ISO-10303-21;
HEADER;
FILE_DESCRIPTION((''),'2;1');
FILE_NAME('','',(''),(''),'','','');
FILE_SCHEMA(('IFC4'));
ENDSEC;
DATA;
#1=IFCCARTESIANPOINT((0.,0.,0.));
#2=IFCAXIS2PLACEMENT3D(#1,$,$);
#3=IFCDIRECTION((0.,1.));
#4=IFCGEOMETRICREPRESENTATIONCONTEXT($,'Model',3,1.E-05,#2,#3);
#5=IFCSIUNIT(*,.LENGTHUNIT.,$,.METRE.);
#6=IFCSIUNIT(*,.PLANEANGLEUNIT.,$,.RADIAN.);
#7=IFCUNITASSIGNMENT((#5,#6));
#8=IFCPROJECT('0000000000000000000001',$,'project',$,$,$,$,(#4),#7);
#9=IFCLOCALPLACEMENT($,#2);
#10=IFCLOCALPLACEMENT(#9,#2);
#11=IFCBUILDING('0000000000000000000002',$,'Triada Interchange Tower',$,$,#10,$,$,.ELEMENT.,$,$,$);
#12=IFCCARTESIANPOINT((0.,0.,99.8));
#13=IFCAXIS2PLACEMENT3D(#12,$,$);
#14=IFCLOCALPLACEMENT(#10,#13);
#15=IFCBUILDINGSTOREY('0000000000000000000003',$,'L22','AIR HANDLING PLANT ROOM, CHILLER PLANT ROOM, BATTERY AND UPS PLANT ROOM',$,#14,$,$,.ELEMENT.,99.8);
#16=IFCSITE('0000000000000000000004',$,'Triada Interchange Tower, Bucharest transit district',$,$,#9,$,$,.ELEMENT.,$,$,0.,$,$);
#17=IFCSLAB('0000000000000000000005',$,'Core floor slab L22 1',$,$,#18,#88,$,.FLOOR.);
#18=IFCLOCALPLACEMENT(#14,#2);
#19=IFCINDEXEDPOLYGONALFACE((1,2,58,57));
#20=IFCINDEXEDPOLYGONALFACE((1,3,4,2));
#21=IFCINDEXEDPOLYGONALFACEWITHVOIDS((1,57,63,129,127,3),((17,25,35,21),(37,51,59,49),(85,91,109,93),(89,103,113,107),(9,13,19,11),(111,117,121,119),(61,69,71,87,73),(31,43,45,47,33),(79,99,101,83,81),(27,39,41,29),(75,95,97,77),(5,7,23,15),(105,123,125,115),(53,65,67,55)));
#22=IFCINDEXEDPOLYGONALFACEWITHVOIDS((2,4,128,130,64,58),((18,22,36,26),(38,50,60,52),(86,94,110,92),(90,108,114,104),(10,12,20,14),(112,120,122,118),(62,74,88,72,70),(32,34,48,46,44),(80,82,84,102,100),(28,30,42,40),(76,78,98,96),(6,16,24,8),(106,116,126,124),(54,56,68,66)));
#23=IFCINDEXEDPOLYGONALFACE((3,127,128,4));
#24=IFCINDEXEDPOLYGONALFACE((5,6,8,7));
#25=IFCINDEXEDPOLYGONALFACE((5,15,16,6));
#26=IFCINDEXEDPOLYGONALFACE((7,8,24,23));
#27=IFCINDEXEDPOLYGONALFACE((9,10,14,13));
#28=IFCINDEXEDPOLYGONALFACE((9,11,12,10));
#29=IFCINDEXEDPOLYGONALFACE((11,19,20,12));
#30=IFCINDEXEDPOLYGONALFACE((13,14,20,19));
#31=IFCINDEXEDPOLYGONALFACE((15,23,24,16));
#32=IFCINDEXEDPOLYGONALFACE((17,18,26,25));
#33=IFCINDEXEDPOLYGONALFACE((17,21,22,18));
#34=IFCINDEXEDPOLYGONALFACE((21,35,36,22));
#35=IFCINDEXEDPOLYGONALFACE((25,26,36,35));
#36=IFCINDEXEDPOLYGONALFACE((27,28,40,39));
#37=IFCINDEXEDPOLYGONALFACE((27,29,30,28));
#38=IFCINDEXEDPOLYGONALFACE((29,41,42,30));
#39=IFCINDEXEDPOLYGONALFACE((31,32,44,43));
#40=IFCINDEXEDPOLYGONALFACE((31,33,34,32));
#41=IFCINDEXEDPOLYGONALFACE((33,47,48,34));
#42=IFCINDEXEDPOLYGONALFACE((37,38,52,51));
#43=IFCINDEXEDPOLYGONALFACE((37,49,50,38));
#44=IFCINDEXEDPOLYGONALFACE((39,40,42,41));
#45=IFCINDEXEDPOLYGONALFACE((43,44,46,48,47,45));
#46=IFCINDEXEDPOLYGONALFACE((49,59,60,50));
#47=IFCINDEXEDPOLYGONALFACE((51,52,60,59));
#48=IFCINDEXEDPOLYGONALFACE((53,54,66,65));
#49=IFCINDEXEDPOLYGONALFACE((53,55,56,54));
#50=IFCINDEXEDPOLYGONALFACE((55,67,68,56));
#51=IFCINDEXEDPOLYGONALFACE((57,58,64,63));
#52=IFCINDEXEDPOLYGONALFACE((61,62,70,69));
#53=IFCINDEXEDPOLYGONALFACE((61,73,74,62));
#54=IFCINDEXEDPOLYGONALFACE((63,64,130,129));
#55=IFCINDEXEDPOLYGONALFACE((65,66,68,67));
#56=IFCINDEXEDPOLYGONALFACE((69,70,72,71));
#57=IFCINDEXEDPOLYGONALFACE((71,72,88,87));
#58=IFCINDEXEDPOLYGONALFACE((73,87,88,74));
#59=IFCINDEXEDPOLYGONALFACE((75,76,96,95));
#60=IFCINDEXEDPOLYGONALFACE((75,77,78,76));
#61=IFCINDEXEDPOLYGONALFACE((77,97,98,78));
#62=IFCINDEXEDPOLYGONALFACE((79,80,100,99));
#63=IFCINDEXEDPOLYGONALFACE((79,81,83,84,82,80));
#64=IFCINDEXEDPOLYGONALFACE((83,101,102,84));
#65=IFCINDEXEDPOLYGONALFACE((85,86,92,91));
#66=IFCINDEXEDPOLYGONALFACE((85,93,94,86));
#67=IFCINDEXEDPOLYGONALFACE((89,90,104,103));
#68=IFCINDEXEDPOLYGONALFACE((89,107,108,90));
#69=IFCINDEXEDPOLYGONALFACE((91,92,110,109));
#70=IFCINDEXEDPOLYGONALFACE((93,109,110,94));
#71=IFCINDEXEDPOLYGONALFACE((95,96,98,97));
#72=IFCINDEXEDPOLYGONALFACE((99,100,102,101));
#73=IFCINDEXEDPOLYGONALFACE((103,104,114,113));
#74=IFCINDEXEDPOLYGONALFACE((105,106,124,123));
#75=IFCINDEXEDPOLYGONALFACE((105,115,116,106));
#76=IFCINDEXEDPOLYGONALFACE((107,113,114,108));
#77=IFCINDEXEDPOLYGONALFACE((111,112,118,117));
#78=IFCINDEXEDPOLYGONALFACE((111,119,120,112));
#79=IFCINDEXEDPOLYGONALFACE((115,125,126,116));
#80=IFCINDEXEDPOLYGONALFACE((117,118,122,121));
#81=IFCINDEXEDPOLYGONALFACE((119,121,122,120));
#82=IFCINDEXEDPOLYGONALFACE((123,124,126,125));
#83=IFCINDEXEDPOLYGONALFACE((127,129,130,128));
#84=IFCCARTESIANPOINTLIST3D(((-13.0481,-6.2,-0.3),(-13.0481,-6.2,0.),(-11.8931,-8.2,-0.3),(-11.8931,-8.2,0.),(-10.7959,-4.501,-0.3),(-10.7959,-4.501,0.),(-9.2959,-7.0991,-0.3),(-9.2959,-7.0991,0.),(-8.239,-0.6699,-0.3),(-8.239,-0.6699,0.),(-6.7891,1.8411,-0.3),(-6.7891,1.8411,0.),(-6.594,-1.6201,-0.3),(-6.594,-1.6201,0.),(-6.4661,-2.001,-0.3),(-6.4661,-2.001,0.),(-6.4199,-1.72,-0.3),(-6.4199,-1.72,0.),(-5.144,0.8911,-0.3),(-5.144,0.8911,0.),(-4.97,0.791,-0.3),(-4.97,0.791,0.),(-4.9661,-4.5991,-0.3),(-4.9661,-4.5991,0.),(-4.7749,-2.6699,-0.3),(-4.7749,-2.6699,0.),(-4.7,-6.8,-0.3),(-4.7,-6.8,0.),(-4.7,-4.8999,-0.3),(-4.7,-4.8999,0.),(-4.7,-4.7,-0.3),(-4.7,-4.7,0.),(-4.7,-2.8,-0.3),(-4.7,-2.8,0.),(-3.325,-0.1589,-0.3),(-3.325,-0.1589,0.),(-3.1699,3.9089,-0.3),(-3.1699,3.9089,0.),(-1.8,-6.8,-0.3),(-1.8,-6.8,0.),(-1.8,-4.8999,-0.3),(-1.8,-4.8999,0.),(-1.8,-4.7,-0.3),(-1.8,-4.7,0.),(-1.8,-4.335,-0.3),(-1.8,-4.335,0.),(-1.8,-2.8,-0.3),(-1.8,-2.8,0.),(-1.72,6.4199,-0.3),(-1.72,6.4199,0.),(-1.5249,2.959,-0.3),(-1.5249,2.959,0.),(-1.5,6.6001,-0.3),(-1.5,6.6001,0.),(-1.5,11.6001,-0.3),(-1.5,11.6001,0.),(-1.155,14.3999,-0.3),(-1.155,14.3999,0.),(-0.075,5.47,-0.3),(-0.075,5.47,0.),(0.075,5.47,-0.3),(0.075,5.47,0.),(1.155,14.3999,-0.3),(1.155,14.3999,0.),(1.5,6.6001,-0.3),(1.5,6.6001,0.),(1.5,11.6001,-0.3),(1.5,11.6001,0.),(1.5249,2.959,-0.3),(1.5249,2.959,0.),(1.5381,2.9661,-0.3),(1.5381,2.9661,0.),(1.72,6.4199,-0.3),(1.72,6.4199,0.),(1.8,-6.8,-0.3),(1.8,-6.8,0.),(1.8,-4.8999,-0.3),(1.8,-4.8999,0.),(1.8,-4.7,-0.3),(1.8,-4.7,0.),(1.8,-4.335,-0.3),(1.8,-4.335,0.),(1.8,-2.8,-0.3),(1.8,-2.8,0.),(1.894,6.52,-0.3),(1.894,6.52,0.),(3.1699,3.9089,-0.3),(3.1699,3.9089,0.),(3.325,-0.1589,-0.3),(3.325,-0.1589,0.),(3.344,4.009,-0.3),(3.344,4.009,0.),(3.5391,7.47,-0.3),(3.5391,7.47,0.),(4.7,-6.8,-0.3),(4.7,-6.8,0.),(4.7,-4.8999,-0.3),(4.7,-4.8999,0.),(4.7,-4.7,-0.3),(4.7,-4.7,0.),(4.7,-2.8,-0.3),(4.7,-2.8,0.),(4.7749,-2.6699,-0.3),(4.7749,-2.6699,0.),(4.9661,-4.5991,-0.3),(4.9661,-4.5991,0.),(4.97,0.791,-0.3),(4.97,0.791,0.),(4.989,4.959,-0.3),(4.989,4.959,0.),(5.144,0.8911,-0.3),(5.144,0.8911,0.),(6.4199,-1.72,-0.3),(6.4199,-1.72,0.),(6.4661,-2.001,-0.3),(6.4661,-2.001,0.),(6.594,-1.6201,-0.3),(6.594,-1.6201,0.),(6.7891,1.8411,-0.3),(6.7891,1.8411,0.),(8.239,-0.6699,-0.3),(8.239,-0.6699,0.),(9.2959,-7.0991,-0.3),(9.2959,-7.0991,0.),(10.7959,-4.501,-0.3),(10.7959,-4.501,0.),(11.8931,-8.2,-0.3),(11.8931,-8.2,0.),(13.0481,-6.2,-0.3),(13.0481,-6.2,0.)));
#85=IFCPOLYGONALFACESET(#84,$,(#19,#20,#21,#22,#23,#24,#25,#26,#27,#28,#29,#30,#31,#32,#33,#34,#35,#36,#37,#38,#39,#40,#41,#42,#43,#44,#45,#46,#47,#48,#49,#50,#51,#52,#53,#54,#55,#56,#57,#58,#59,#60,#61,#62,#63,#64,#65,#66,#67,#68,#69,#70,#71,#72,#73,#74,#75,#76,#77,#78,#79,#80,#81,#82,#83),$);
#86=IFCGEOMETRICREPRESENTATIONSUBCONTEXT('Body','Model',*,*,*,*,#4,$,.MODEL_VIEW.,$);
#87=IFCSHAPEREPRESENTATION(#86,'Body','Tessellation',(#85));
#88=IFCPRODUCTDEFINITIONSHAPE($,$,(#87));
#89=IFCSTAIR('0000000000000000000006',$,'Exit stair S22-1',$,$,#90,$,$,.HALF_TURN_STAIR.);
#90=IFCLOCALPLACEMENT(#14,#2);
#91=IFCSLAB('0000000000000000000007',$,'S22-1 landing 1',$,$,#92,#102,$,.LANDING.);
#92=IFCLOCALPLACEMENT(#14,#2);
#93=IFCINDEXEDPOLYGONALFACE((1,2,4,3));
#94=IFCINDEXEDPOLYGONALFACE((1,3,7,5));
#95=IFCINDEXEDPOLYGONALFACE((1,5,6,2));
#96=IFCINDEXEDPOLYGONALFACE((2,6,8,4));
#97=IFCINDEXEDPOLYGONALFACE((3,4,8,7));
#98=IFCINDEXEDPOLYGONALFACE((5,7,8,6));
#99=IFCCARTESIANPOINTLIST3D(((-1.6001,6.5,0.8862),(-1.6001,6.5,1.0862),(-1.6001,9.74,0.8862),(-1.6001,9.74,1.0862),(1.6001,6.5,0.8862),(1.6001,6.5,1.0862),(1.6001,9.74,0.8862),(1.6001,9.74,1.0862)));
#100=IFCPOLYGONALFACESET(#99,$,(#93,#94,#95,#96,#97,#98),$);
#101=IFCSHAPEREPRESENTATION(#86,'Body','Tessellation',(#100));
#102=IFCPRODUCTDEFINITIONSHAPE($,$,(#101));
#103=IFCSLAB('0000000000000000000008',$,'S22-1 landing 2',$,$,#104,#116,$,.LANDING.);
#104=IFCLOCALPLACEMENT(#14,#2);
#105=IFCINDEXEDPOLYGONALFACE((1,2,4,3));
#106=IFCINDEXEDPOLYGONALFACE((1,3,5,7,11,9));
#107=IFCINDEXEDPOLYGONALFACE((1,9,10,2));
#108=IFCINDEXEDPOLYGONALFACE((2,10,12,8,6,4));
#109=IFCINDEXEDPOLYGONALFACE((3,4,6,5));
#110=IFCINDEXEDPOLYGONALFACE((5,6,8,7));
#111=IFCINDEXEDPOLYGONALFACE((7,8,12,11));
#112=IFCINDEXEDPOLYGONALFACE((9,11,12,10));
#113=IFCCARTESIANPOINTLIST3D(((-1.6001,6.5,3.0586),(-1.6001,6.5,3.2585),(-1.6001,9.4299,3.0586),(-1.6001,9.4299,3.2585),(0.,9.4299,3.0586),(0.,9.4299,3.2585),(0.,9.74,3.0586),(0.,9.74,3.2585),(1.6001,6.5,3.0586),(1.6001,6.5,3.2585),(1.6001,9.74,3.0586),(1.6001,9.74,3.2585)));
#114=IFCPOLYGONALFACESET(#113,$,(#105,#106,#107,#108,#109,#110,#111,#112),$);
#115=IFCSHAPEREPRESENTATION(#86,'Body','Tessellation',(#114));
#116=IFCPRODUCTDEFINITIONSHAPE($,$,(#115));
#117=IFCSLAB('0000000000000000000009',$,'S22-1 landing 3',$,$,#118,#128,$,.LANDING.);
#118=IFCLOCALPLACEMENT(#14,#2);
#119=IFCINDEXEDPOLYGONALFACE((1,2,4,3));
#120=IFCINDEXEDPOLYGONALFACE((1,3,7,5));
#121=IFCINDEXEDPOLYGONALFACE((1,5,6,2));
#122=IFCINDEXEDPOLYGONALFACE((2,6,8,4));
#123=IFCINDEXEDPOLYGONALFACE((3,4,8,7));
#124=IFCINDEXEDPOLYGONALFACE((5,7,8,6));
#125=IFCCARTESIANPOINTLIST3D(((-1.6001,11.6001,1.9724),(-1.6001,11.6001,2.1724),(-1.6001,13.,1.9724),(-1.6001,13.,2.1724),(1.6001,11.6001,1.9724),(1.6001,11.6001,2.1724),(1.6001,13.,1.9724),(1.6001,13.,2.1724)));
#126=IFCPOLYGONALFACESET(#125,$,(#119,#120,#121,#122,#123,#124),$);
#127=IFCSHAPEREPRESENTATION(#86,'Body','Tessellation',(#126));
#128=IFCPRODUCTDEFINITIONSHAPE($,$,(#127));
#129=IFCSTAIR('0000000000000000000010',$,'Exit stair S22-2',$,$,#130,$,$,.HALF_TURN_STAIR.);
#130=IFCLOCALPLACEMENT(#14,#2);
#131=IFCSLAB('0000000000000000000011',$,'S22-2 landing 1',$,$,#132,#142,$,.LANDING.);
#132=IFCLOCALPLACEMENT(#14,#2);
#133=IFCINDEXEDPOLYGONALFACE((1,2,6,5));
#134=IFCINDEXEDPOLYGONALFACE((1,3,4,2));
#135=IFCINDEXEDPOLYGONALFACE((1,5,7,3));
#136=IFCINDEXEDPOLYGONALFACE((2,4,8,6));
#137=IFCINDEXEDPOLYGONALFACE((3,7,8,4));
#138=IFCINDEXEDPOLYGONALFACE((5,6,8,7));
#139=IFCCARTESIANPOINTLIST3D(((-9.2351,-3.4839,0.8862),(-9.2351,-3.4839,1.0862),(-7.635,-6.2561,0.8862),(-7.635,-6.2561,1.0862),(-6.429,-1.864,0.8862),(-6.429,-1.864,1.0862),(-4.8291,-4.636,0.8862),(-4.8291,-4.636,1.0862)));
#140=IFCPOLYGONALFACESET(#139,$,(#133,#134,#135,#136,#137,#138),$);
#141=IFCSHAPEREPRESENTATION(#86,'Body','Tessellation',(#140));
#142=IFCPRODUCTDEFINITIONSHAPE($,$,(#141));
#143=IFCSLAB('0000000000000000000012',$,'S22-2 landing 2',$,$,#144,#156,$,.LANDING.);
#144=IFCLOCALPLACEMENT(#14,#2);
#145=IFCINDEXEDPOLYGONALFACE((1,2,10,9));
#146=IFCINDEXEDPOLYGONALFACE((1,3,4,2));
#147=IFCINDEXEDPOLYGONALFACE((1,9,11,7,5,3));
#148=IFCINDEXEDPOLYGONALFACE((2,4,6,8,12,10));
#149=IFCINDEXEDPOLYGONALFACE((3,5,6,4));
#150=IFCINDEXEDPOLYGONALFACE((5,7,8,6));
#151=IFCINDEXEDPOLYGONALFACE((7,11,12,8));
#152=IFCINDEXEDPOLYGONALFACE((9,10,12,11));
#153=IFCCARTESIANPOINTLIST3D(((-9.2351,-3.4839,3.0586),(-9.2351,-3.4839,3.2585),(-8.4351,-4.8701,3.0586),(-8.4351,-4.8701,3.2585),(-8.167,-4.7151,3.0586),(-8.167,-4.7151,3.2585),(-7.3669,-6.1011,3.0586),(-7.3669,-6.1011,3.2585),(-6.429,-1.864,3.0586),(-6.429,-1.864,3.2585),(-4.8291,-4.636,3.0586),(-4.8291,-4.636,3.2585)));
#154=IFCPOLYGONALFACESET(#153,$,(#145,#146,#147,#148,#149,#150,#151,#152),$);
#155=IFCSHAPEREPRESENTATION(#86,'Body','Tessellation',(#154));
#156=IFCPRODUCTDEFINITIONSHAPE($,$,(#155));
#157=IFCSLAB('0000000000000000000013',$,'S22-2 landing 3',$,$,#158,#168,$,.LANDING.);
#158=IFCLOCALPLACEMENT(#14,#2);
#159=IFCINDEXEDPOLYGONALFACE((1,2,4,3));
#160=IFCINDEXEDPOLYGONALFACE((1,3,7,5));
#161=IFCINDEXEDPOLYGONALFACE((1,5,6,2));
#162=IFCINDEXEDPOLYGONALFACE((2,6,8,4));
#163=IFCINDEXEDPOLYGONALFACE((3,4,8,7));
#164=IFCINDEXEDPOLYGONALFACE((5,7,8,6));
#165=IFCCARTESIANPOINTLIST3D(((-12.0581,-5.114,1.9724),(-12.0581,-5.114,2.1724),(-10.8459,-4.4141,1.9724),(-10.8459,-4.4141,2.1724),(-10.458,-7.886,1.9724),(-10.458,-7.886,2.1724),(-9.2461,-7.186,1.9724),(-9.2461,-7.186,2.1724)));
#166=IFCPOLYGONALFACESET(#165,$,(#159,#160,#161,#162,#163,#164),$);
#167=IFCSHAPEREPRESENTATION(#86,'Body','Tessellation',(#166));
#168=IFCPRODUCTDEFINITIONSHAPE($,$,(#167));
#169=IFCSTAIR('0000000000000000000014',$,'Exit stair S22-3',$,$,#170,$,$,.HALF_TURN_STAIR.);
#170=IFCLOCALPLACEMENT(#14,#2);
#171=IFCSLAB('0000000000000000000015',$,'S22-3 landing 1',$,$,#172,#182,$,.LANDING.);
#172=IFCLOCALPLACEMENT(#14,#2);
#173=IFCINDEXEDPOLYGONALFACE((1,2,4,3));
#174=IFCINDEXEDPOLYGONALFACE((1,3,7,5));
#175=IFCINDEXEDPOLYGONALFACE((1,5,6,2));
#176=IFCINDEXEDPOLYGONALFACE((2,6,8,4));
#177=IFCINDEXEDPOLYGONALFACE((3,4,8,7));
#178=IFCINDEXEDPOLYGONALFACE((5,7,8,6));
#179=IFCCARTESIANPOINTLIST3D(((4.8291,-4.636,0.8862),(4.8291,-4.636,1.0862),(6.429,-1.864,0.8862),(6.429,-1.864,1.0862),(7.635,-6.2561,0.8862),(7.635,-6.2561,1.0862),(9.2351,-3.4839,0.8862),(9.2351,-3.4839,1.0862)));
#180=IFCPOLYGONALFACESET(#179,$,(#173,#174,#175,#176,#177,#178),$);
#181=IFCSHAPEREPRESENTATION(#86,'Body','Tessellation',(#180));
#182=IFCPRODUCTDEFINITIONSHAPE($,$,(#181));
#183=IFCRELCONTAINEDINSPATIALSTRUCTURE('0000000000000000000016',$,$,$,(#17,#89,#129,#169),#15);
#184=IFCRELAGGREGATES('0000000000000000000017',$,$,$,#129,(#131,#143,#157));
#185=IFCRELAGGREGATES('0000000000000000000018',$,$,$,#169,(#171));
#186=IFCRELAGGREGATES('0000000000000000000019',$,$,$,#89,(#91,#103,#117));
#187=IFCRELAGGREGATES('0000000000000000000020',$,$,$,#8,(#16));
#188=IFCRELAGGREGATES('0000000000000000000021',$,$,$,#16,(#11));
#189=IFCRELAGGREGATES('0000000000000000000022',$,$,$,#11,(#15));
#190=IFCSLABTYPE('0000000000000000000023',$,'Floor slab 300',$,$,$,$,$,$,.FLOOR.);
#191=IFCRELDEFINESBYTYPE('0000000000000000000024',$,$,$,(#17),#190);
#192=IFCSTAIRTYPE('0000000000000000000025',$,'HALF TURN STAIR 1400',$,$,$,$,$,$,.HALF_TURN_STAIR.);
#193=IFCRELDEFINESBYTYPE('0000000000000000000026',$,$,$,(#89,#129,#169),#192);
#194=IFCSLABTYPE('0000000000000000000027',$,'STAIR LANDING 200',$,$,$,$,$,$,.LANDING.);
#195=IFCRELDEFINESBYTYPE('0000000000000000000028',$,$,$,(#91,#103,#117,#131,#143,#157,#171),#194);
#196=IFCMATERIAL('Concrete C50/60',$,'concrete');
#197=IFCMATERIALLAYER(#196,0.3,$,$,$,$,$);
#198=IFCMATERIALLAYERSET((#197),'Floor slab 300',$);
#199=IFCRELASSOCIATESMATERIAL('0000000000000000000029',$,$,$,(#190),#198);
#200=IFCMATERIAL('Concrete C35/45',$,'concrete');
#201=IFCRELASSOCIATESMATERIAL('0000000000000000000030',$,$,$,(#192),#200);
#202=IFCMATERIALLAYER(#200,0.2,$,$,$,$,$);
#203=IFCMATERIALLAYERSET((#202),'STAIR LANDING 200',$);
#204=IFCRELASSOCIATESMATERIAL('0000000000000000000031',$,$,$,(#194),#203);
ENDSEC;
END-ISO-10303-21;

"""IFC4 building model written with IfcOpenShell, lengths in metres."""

from ifc_helpers import new_model, si_unit, direction, frame, origin, place, context, subcontext, project, spatial, polyline, outline, extrude, material, layer, layer_set, type_object, element, aggregate, save


model = new_model("IFC4")

# Units and contexts
model_context = context("Model", 3, precision=1e-05, world=origin(), true_north=direction((0.0, 1.0)))
body_context = subcontext(model_context, "Body", "Model", "MODEL_VIEW")
ifc_project = project(units=[si_unit("LENGTHUNIT", "METRE"), si_unit("PLANEANGLEUNIT", "RADIAN")], contexts=[model_context])

# Site, building, storey
site_placement = place(None, origin())
site = spatial("IfcSite", under=ifc_project, at=site_placement, Name="Triada Interchange Tower, Bucharest transit district", CompositionType="ELEMENT", RefElevation=0.0)
building_placement = place(site_placement, origin())
building = spatial("IfcBuilding", under=site, at=building_placement, Name="Triada Interchange Tower", CompositionType="ELEMENT")
storey_placement = place(building_placement, frame((0.0, 0.0, 99.8)))
storey = spatial("IfcBuildingStorey", under=building, at=storey_placement, Name="L22", Description="AIR HANDLING PLANT ROOM, CHILLER PLANT ROOM, BATTERY AND UPS PLANT ROOM", CompositionType="ELEMENT", Elevation=99.8)

# Slab
ifc_material_1 = material(Name="Concrete C50/60", Category="concrete")
ifc_layer_1 = layer(ifc_material_1, 0.3)
ifc_layer_set_1 = layer_set([ifc_layer_1], Name="Floor slab 300")
slab_type_1 = type_object("IfcSlabType", Name="Floor slab 300", PredefinedType="FLOOR", material=ifc_layer_set_1)
slab_1_placement = place(storey_placement, frame((0.0, 0.0, -0.3)))
element("IfcSlab", 1, at=slab_1_placement, inside=storey, type_object=slab_type_1, Name="Core floor slab L22 1", PredefinedType="FLOOR", context=body_context, shape_type="SweptSolid", body=[
    extrude(outline(polyline([(13.0481, -6.2), (11.8931, -8.2), (-11.8931, -8.2), (-13.0481, -6.2), (-1.155, 14.3999), (1.155, 14.3999), (13.0481, -6.2)]), holes=[polyline([(9.2959, -7.0991), (10.7959, -4.501), (6.4661, -2.001), (4.9661, -4.5991), (9.2959, -7.0991)]), polyline([(6.7891, 1.8411), (5.144, 0.8911), (6.594, -1.6201), (8.239, -0.6699), (6.7891, 1.8411)]), polyline([(4.97, 0.791), (3.325, -0.1589), (4.7749, -2.6699), (6.4199, -1.72), (4.97, 0.791)]), polyline([(1.894, 6.52), (3.344, 4.009), (4.989, 4.959), (3.5391, 7.47), (1.894, 6.52)]), polyline([(1.8, -4.8999), (1.8, -6.8), (4.7, -6.8), (4.7, -4.8999), (1.8, -4.8999)]), polyline([(1.8, -2.8), (1.8, -4.335), (1.8, -4.7), (4.7, -4.7), (4.7, -2.8), (1.8, -2.8)]), polyline([(1.5249, 2.959), (1.5381, 2.9661), (3.1699, 3.9089), (1.72, 6.4199), (0.075, 5.47), (1.5249, 2.959)]), polyline([(1.5, 11.6001), (-1.5, 11.6001), (-1.5, 6.6001), (1.5, 6.6001), (1.5, 11.6001)]), polyline([(-0.075, 5.47), (-1.72, 6.4199), (-3.1699, 3.9089), (-1.5249, 2.959), (-0.075, 5.47)]), polyline([(-4.7, -2.8), (-4.7, -4.7), (-1.8, -4.7), (-1.8, -4.335), (-1.8, -2.8), (-4.7, -2.8)]), polyline([(-4.7, -4.8999), (-4.7, -6.8), (-1.8, -6.8), (-1.8, -4.8999), (-4.7, -4.8999)]), polyline([(-4.7749, -2.6699), (-3.325, -0.1589), (-4.97, 0.791), (-6.4199, -1.72), (-4.7749, -2.6699)]), polyline([(-10.7959, -4.501), (-9.2959, -7.0991), (-4.9661, -4.5991), (-6.4661, -2.001), (-10.7959, -4.501)]), polyline([(-6.594, -1.6201), (-5.144, 0.8911), (-6.7891, 1.8411), (-8.239, -0.6699), (-6.594, -1.6201)])]), origin(), (0.0, 0.0, 1.0), 0.3),
])

# Stairs, slabs
ifc_material_2 = material(Name="Concrete C35/45", Category="concrete")
stair_type = type_object("IfcStairType", Name="HALF TURN STAIR 1400", PredefinedType="HALF_TURN_STAIR", material=ifc_material_2)
stair_1_placement = place(storey_placement, origin())
stair_1 = element("IfcStair", 2, at=stair_1_placement, inside=storey, type_object=stair_type, Name="Exit stair S22-1", PredefinedType="HALF_TURN_STAIR")
ifc_layer_2 = layer(ifc_material_2, 0.2)
ifc_layer_set_2 = layer_set([ifc_layer_2], Name="STAIR LANDING 200")
slab_type_2 = type_object("IfcSlabType", Name="STAIR LANDING 200", PredefinedType="LANDING", material=ifc_layer_set_2)
slab_2_placement = place(storey_placement, frame((0.0, 0.0, 0.8862)))
slab_2 = element("IfcSlab", 3, at=slab_2_placement, type_object=slab_type_2, Name="S22-1 landing 1", PredefinedType="LANDING", context=body_context, shape_type="SweptSolid", body=[
    extrude(outline(polyline([(1.6001, 6.5), (1.6001, 9.74), (-1.6001, 9.74), (-1.6001, 6.5), (1.6001, 6.5)])), origin(), (0.0, 0.0, 1.0), 0.2),
])
slab_3_placement = place(storey_placement, frame((0.0, 0.0, 3.0586)))
slab_3 = element("IfcSlab", 4, at=slab_3_placement, type_object=slab_type_2, Name="S22-1 landing 2", PredefinedType="LANDING", context=body_context, shape_type="SweptSolid", body=[
    extrude(outline(polyline([(1.6001, 6.5), (1.6001, 9.74), (0.0, 9.74), (0.0, 9.4299), (-1.6001, 9.4299), (-1.6001, 6.5), (1.6001, 6.5)])), origin(), (0.0, 0.0, 1.0), 0.2),
])
slab_4_placement = place(storey_placement, frame((0.0, 0.0, 1.9724)))
slab_4 = element("IfcSlab", 5, at=slab_4_placement, type_object=slab_type_2, Name="S22-1 landing 3", PredefinedType="LANDING", context=body_context, shape_type="SweptSolid", body=[
    extrude(outline(polyline([(1.6001, 11.6001), (1.6001, 13.0), (-1.6001, 13.0), (-1.6001, 11.6001), (1.6001, 11.6001)])), origin(), (0.0, 0.0, 1.0), 0.2),
])
stair_2_placement = place(storey_placement, origin())
stair_2 = element("IfcStair", 6, at=stair_2_placement, inside=storey, type_object=stair_type, Name="Exit stair S22-2", PredefinedType="HALF_TURN_STAIR")
slab_5_placement = place(storey_placement, frame((0.0, 0.0, 0.8862)))
slab_5 = element("IfcSlab", 7, at=slab_5_placement, type_object=slab_type_2, Name="S22-2 landing 1", PredefinedType="LANDING", context=body_context, shape_type="SweptSolid", body=[
    extrude(outline(polyline([(-6.429, -1.864), (-9.2351, -3.4839), (-7.635, -6.2561), (-4.8291, -4.636), (-6.429, -1.864)])), origin(), (0.0, 0.0, 1.0), 0.2),
])
slab_6_placement = place(storey_placement, frame((0.0, 0.0, 3.0586)))
slab_6 = element("IfcSlab", 8, at=slab_6_placement, type_object=slab_type_2, Name="S22-2 landing 2", PredefinedType="LANDING", context=body_context, shape_type="SweptSolid", body=[
    extrude(outline(polyline([(-6.429, -1.864), (-9.2351, -3.4839), (-8.4351, -4.8701), (-8.167, -4.7151), (-7.3669, -6.1011), (-4.8291, -4.636), (-6.429, -1.864)])), origin(), (0.0, 0.0, 1.0), 0.2),
])
slab_7_placement = place(storey_placement, frame((0.0, 0.0, 1.9724)))
slab_7 = element("IfcSlab", 9, at=slab_7_placement, type_object=slab_type_2, Name="S22-2 landing 3", PredefinedType="LANDING", context=body_context, shape_type="SweptSolid", body=[
    extrude(outline(polyline([(-10.8459, -4.4141), (-12.0581, -5.114), (-10.458, -7.886), (-9.2461, -7.186), (-10.8459, -4.4141)])), origin(), (0.0, 0.0, 1.0), 0.2),
])
aggregate(stair_2, [slab_5, slab_6, slab_7])
stair_3_placement = place(storey_placement, origin())
stair_3 = element("IfcStair", 10, at=stair_3_placement, inside=storey, type_object=stair_type, Name="Exit stair S22-3", PredefinedType="HALF_TURN_STAIR")
slab_8_placement = place(storey_placement, frame((0.0, 0.0, 0.8862)))
slab_8 = element("IfcSlab", 11, at=slab_8_placement, type_object=slab_type_2, Name="S22-3 landing 1", PredefinedType="LANDING", context=body_context, shape_type="SweptSolid", body=[
    extrude(outline(polyline([(4.8291, -4.636), (7.635, -6.2561), (9.2351, -3.4839), (6.429, -1.864), (4.8291, -4.636)])), origin(), (0.0, 0.0, 1.0), 0.2),
])
aggregate(stair_3, [slab_8])

aggregate(stair_1, [slab_2, slab_3, slab_4])

save(model, "model.ifc")
